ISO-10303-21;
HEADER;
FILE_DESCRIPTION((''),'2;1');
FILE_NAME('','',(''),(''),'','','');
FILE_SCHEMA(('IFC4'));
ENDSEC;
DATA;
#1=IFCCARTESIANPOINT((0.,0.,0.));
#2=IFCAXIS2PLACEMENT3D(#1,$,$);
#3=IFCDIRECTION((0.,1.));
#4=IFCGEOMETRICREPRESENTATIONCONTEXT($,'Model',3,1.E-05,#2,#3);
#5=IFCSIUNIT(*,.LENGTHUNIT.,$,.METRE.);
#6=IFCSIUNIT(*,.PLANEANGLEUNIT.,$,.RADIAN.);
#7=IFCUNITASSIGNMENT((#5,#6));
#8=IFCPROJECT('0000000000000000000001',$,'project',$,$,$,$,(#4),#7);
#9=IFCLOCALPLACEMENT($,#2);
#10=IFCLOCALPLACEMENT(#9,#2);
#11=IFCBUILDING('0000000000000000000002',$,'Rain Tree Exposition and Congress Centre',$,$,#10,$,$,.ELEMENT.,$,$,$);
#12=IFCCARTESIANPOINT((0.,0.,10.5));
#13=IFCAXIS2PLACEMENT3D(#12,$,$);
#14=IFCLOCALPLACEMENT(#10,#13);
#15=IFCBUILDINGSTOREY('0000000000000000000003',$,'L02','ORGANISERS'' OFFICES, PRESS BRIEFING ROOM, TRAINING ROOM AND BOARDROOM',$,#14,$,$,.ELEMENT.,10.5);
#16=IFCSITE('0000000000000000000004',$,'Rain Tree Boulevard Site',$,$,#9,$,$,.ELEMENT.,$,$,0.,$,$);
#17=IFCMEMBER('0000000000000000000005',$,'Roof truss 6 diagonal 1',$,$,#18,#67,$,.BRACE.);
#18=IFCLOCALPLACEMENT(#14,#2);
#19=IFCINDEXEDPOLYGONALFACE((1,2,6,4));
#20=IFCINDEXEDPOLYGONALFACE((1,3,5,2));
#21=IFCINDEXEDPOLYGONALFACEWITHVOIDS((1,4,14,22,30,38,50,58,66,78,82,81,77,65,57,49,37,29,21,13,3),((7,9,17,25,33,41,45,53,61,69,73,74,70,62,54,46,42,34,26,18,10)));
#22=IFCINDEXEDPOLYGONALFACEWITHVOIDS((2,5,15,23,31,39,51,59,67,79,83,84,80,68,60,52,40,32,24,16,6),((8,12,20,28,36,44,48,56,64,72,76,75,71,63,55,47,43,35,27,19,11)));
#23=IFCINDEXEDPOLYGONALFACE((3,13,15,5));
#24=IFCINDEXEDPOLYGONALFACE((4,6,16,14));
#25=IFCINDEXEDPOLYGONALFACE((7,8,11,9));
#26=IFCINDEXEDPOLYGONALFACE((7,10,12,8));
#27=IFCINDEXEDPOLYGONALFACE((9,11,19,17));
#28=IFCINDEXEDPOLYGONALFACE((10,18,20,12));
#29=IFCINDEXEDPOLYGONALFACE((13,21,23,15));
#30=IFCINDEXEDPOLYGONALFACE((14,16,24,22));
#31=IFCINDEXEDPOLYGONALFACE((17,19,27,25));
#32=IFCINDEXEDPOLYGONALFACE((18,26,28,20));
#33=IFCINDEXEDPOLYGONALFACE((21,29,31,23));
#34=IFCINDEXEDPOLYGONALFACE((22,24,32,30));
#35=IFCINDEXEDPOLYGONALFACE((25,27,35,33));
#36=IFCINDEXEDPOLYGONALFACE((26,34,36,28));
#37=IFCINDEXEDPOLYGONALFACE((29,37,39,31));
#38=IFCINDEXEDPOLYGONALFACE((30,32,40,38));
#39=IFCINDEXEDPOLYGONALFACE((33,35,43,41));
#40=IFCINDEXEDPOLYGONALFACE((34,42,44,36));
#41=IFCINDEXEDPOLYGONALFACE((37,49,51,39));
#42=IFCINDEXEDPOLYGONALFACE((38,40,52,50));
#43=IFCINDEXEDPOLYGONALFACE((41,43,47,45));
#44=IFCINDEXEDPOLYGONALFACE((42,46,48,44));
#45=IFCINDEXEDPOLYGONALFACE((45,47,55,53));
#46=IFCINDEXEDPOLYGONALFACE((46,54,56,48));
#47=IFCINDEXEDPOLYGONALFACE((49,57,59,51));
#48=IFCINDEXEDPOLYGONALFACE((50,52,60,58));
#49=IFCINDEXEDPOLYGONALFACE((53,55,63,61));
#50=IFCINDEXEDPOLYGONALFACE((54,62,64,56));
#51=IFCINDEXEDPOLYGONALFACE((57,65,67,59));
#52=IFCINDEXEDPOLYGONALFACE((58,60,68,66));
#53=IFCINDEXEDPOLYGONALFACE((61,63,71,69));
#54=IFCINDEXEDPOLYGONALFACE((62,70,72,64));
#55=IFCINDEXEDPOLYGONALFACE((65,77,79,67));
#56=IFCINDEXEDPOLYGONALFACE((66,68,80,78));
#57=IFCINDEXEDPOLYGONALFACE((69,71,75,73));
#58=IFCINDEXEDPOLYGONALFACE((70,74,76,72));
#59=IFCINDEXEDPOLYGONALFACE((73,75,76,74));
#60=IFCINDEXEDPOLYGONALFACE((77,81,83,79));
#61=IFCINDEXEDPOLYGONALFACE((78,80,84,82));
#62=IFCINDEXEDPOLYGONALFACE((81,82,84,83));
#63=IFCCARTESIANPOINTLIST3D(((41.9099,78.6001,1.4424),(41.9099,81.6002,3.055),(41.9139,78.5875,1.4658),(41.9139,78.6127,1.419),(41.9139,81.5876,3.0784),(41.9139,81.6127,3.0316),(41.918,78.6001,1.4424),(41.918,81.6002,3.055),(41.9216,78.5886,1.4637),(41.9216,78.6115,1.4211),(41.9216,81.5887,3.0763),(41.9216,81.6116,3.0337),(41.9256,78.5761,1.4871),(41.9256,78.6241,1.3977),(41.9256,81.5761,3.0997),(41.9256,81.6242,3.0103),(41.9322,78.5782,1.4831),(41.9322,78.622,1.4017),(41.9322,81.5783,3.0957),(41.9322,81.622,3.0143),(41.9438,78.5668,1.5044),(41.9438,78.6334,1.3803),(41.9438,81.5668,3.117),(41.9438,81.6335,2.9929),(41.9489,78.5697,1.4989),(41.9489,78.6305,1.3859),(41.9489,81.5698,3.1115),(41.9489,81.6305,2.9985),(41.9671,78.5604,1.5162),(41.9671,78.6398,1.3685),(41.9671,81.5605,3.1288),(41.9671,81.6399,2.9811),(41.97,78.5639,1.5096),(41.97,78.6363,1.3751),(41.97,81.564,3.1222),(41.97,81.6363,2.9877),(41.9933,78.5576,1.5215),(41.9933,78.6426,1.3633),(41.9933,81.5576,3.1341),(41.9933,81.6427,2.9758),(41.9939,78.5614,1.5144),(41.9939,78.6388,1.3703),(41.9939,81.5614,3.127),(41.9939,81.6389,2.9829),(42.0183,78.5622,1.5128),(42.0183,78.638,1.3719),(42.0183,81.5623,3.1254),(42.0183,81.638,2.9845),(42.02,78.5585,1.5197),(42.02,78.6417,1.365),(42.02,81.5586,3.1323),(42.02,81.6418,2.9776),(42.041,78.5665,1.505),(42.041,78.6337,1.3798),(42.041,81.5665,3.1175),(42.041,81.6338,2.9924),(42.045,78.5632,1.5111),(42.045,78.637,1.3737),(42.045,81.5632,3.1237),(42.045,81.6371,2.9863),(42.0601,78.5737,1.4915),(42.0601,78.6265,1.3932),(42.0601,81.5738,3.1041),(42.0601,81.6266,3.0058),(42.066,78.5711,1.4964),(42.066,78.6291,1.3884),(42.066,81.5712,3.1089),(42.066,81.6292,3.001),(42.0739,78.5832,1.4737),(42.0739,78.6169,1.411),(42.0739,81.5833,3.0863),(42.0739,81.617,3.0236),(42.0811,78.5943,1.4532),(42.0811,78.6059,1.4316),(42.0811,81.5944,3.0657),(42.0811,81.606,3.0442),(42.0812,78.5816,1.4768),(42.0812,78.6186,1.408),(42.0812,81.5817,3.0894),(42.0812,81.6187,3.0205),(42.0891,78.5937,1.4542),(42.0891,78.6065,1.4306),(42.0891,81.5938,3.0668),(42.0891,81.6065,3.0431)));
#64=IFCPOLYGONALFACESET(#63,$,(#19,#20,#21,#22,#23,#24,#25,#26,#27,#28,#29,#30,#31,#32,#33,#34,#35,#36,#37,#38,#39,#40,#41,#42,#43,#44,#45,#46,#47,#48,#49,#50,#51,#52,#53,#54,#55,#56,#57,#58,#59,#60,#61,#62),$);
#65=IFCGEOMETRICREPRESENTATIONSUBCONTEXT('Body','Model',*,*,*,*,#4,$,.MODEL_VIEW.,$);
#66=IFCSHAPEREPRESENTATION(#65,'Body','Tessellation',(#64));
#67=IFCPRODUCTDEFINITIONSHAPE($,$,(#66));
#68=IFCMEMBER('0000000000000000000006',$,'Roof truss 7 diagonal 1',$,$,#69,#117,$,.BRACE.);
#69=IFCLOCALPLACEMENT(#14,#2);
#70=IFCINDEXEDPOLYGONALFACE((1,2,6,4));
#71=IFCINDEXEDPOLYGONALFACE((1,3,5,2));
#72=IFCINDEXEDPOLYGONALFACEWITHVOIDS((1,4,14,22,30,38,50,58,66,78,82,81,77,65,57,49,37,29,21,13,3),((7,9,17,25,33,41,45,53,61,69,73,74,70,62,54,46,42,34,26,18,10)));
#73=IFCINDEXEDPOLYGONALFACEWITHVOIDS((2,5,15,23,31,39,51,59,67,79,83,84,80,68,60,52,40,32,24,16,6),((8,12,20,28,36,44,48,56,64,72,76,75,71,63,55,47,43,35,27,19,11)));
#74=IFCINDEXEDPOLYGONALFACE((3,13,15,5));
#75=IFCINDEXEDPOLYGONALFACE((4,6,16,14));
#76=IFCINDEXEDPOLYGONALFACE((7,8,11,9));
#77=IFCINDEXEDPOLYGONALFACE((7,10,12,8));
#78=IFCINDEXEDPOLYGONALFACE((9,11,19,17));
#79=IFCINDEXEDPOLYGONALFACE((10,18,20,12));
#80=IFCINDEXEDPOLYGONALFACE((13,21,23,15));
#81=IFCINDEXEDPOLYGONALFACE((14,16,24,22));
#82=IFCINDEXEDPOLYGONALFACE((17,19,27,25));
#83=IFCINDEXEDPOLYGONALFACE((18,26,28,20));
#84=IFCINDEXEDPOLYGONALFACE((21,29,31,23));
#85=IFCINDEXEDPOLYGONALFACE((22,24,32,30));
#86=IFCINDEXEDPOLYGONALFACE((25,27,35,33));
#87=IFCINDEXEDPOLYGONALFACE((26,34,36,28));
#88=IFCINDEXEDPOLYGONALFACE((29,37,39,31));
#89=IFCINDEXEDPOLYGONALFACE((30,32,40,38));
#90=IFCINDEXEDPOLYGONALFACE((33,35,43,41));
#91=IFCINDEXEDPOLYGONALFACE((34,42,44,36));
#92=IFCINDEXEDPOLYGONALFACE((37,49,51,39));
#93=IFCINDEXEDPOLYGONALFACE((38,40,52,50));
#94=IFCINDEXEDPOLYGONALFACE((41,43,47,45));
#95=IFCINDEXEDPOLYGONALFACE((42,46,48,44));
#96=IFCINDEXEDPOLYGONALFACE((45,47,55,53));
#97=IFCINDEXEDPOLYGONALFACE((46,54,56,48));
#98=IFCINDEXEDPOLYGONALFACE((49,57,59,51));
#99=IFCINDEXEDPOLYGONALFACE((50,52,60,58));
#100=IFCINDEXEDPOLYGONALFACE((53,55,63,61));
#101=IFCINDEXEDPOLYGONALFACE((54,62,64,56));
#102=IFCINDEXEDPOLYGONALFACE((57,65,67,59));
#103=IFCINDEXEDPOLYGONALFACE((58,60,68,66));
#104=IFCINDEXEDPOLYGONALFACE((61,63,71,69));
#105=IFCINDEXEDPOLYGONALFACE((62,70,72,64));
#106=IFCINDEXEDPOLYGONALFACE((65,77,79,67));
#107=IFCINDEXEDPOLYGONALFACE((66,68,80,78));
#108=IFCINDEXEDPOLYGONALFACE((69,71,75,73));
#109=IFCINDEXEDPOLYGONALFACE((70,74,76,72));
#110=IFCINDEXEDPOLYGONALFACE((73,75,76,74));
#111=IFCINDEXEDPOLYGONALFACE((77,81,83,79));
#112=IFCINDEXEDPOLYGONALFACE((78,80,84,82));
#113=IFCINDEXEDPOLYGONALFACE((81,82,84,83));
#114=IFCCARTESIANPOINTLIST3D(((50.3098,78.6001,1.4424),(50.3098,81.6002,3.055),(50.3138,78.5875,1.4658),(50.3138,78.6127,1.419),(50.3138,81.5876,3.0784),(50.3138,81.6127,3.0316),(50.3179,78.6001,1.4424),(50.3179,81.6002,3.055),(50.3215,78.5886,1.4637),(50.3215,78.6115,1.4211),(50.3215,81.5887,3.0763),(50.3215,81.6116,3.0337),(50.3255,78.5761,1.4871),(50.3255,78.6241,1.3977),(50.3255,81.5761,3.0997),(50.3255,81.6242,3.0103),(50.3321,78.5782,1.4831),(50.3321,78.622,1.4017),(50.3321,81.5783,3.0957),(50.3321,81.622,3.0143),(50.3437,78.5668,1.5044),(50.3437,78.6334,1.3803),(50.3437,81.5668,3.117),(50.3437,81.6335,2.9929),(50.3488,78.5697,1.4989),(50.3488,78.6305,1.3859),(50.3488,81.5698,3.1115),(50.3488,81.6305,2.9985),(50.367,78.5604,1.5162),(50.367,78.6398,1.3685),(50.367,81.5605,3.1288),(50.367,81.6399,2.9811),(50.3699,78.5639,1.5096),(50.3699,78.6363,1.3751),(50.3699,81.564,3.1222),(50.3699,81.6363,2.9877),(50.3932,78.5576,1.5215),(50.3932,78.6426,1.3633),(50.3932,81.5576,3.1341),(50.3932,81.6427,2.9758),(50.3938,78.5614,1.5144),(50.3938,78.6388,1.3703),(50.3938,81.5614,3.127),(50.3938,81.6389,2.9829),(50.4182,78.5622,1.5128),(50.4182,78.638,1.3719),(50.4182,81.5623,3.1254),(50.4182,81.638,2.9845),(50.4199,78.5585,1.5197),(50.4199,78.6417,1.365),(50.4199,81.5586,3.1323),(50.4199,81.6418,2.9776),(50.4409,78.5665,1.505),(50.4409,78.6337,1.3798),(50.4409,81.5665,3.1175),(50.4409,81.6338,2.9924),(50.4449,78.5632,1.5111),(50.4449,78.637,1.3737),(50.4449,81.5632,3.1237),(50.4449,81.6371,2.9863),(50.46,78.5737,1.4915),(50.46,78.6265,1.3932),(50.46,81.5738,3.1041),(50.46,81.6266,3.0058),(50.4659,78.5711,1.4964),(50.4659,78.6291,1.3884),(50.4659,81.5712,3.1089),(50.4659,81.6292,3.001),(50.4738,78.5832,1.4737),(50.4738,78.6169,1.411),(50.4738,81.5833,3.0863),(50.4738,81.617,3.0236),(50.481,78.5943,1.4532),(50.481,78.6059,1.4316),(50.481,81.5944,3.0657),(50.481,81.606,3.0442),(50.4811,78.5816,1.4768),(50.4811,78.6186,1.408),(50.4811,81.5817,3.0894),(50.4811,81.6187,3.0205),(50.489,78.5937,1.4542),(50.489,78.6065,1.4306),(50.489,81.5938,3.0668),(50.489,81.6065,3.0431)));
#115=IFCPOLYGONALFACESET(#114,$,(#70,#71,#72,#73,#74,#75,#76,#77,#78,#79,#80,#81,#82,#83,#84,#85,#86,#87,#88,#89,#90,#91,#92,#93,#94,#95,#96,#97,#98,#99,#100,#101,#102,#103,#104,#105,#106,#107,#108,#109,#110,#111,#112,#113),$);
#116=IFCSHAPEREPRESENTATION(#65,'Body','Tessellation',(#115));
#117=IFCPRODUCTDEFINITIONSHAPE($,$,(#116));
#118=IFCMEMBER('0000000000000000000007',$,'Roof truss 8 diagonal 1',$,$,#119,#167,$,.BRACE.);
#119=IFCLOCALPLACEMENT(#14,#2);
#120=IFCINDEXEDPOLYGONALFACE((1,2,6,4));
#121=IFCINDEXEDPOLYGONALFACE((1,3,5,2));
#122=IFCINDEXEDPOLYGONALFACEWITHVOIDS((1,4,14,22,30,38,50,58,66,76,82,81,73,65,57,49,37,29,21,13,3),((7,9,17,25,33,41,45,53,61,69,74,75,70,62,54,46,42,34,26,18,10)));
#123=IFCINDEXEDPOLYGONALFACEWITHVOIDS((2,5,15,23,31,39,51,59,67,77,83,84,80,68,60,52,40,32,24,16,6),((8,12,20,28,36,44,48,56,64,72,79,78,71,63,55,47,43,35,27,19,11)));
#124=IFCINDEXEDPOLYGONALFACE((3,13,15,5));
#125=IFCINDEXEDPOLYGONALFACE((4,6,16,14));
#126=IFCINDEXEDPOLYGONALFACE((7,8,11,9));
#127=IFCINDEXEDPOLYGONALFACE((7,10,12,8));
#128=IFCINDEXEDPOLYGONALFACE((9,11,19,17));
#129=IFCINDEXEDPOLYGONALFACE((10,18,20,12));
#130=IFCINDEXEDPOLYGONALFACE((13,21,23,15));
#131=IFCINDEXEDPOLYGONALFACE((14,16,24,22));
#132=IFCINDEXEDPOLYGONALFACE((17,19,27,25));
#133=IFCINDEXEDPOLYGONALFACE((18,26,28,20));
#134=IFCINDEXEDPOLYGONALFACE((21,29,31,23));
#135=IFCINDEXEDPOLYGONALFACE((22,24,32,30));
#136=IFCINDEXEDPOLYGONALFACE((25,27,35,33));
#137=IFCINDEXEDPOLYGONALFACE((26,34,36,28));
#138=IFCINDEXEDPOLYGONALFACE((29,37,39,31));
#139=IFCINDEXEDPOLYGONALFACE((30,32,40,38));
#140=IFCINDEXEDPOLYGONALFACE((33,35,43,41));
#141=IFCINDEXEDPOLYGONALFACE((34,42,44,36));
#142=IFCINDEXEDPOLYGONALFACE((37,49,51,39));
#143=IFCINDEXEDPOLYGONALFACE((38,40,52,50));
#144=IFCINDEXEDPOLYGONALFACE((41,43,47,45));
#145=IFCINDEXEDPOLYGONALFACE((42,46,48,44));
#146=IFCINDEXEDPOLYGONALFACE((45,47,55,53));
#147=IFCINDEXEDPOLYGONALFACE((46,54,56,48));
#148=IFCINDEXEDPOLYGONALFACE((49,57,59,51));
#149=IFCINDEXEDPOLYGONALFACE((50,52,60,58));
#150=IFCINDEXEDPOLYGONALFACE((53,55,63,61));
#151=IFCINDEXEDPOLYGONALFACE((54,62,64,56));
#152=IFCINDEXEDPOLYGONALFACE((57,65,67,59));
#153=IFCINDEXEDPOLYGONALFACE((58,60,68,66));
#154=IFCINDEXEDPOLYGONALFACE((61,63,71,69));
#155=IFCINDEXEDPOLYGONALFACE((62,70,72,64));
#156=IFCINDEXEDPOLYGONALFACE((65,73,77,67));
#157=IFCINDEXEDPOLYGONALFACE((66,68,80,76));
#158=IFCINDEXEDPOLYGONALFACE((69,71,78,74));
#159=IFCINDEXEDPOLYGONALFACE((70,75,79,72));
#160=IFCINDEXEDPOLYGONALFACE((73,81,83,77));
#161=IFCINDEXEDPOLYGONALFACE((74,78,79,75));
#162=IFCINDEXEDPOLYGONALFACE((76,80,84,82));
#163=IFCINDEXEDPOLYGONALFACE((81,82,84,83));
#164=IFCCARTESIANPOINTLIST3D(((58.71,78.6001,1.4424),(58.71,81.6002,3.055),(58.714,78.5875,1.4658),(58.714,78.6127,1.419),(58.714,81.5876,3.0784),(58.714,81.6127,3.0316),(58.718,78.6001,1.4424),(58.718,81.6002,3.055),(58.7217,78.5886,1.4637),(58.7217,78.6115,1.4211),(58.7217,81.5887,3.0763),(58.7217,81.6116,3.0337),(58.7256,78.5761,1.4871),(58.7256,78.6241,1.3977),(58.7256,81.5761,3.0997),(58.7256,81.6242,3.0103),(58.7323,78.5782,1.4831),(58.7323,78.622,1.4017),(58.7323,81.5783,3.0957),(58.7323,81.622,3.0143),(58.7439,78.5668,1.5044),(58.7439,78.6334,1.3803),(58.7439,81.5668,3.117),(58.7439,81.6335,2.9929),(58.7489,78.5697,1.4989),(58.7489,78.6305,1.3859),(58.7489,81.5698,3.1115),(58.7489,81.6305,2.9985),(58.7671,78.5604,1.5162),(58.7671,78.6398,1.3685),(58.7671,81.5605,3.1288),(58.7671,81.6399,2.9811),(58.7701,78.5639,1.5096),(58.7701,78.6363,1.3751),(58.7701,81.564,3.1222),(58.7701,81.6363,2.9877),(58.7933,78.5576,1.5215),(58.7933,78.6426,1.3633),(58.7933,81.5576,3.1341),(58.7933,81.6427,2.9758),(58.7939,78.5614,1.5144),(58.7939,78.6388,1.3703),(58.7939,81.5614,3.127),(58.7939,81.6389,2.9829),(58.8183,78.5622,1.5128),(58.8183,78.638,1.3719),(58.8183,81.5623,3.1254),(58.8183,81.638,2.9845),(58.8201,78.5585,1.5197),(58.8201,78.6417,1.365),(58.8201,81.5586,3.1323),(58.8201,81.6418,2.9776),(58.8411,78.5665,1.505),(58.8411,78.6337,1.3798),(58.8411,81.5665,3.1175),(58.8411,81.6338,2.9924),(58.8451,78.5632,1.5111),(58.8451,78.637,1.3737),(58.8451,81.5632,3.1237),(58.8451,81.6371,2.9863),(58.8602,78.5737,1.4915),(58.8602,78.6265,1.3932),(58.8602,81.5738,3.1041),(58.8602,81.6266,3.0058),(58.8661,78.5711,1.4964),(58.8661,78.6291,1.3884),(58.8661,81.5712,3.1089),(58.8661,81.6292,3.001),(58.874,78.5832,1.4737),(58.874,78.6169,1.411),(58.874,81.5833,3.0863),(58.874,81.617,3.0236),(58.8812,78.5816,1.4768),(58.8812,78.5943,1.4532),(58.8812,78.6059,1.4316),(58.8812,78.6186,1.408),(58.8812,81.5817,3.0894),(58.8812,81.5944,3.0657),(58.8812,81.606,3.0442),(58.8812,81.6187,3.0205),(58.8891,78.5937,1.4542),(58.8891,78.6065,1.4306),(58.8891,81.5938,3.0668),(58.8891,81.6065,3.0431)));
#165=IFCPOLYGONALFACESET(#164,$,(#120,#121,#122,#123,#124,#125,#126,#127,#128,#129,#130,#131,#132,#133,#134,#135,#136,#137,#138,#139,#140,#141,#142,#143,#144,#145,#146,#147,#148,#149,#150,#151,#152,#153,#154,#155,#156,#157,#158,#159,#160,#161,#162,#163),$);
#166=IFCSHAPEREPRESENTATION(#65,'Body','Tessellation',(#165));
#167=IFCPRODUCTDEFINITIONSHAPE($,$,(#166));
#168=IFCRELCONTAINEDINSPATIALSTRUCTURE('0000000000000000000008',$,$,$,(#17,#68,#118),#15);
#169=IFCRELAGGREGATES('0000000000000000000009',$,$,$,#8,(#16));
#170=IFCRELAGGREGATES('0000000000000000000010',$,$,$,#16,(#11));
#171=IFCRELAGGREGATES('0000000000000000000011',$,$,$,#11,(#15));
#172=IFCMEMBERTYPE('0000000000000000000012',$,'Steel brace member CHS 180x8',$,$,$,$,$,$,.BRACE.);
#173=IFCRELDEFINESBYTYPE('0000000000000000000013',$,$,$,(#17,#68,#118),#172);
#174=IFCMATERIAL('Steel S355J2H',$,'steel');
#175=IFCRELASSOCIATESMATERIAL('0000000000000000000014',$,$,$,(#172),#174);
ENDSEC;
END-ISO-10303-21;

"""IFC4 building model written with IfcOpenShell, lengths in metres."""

from ifc_helpers import new_model, si_unit, direction, frame, origin, origin_2d, place, context, subcontext, project, spatial, hollow_circle, extrude, material, material_profile, profile_set, type_object, element, save


model = new_model("IFC4")

# Units and contexts
model_context = context("Model", 3, precision=1e-05, world=origin(), true_north=direction((0.0, 1.0)))
body_context = subcontext(model_context, "Body", "Model", "MODEL_VIEW")
ifc_project = project(units=[si_unit("LENGTHUNIT", "METRE"), si_unit("PLANEANGLEUNIT", "RADIAN")], contexts=[model_context])

# Site, building, storey
site_placement = place(None, origin())
site = spatial("IfcSite", under=ifc_project, at=site_placement, Name="Rain Tree Boulevard Site", CompositionType="ELEMENT", RefElevation=0.0)
building_placement = place(site_placement, origin())
building = spatial("IfcBuilding", under=site, at=building_placement, Name="Rain Tree Exposition and Congress Centre", CompositionType="ELEMENT")
storey_placement = place(building_placement, frame((0.0, 0.0, 10.5)))
storey = spatial("IfcBuildingStorey", under=building, at=storey_placement, Name="L02", Description="ORGANISERS' OFFICES, PRESS BRIEFING ROOM, TRAINING ROOM AND BOARDROOM", CompositionType="ELEMENT", Elevation=10.5)

# Members
ifc_material_1 = material(Name="Steel S355J2H", Category="steel")
ifc_material_profile_1 = material_profile(ifc_material_1, hollow_circle(Radius=0.0901, WallThickness=0.0081, at=origin_2d()), Name="CHS 180x8")
ifc_profile_set_1 = profile_set([ifc_material_profile_1], Name="Steel S355J2H")
member_type_1 = type_object("IfcMemberType", Name="Steel brace member CHS 180x8", PredefinedType="BRACE", material=ifc_profile_set_1)
for number, where, z_axis, x_axis, name in (
    (1, (42.0, 78.6001, 1.4424), (0.0, 0.880818, 0.473454), (-1.0, 0.0, 0.0), "Roof truss 6 diagonal 1"),
    (2, (50.3999, 78.6001, 1.4424), (0.0, 0.880818, 0.473454), (-1.0, 0.0, 0.0), "Roof truss 7 diagonal 1"),
    (3, (58.8, 78.6001, 1.4424), (0.0, 0.880818, 0.473454), (-1.0, 0.0, 0.0), "Roof truss 8 diagonal 1"),
):
    element("IfcMember", number, at=place(storey_placement, frame(where, z_axis=z_axis, x_axis=x_axis)), inside=storey, type_object=member_type_1, Name=name, PredefinedType="BRACE", context=body_context, shape_type="SweptSolid", body=[
        extrude(hollow_circle(Radius=0.0901, WallThickness=0.0081, at=origin_2d()), origin(), (0.0, 0.0, 1.0), 3.406),
    ])

save(model, "model.ifc")
